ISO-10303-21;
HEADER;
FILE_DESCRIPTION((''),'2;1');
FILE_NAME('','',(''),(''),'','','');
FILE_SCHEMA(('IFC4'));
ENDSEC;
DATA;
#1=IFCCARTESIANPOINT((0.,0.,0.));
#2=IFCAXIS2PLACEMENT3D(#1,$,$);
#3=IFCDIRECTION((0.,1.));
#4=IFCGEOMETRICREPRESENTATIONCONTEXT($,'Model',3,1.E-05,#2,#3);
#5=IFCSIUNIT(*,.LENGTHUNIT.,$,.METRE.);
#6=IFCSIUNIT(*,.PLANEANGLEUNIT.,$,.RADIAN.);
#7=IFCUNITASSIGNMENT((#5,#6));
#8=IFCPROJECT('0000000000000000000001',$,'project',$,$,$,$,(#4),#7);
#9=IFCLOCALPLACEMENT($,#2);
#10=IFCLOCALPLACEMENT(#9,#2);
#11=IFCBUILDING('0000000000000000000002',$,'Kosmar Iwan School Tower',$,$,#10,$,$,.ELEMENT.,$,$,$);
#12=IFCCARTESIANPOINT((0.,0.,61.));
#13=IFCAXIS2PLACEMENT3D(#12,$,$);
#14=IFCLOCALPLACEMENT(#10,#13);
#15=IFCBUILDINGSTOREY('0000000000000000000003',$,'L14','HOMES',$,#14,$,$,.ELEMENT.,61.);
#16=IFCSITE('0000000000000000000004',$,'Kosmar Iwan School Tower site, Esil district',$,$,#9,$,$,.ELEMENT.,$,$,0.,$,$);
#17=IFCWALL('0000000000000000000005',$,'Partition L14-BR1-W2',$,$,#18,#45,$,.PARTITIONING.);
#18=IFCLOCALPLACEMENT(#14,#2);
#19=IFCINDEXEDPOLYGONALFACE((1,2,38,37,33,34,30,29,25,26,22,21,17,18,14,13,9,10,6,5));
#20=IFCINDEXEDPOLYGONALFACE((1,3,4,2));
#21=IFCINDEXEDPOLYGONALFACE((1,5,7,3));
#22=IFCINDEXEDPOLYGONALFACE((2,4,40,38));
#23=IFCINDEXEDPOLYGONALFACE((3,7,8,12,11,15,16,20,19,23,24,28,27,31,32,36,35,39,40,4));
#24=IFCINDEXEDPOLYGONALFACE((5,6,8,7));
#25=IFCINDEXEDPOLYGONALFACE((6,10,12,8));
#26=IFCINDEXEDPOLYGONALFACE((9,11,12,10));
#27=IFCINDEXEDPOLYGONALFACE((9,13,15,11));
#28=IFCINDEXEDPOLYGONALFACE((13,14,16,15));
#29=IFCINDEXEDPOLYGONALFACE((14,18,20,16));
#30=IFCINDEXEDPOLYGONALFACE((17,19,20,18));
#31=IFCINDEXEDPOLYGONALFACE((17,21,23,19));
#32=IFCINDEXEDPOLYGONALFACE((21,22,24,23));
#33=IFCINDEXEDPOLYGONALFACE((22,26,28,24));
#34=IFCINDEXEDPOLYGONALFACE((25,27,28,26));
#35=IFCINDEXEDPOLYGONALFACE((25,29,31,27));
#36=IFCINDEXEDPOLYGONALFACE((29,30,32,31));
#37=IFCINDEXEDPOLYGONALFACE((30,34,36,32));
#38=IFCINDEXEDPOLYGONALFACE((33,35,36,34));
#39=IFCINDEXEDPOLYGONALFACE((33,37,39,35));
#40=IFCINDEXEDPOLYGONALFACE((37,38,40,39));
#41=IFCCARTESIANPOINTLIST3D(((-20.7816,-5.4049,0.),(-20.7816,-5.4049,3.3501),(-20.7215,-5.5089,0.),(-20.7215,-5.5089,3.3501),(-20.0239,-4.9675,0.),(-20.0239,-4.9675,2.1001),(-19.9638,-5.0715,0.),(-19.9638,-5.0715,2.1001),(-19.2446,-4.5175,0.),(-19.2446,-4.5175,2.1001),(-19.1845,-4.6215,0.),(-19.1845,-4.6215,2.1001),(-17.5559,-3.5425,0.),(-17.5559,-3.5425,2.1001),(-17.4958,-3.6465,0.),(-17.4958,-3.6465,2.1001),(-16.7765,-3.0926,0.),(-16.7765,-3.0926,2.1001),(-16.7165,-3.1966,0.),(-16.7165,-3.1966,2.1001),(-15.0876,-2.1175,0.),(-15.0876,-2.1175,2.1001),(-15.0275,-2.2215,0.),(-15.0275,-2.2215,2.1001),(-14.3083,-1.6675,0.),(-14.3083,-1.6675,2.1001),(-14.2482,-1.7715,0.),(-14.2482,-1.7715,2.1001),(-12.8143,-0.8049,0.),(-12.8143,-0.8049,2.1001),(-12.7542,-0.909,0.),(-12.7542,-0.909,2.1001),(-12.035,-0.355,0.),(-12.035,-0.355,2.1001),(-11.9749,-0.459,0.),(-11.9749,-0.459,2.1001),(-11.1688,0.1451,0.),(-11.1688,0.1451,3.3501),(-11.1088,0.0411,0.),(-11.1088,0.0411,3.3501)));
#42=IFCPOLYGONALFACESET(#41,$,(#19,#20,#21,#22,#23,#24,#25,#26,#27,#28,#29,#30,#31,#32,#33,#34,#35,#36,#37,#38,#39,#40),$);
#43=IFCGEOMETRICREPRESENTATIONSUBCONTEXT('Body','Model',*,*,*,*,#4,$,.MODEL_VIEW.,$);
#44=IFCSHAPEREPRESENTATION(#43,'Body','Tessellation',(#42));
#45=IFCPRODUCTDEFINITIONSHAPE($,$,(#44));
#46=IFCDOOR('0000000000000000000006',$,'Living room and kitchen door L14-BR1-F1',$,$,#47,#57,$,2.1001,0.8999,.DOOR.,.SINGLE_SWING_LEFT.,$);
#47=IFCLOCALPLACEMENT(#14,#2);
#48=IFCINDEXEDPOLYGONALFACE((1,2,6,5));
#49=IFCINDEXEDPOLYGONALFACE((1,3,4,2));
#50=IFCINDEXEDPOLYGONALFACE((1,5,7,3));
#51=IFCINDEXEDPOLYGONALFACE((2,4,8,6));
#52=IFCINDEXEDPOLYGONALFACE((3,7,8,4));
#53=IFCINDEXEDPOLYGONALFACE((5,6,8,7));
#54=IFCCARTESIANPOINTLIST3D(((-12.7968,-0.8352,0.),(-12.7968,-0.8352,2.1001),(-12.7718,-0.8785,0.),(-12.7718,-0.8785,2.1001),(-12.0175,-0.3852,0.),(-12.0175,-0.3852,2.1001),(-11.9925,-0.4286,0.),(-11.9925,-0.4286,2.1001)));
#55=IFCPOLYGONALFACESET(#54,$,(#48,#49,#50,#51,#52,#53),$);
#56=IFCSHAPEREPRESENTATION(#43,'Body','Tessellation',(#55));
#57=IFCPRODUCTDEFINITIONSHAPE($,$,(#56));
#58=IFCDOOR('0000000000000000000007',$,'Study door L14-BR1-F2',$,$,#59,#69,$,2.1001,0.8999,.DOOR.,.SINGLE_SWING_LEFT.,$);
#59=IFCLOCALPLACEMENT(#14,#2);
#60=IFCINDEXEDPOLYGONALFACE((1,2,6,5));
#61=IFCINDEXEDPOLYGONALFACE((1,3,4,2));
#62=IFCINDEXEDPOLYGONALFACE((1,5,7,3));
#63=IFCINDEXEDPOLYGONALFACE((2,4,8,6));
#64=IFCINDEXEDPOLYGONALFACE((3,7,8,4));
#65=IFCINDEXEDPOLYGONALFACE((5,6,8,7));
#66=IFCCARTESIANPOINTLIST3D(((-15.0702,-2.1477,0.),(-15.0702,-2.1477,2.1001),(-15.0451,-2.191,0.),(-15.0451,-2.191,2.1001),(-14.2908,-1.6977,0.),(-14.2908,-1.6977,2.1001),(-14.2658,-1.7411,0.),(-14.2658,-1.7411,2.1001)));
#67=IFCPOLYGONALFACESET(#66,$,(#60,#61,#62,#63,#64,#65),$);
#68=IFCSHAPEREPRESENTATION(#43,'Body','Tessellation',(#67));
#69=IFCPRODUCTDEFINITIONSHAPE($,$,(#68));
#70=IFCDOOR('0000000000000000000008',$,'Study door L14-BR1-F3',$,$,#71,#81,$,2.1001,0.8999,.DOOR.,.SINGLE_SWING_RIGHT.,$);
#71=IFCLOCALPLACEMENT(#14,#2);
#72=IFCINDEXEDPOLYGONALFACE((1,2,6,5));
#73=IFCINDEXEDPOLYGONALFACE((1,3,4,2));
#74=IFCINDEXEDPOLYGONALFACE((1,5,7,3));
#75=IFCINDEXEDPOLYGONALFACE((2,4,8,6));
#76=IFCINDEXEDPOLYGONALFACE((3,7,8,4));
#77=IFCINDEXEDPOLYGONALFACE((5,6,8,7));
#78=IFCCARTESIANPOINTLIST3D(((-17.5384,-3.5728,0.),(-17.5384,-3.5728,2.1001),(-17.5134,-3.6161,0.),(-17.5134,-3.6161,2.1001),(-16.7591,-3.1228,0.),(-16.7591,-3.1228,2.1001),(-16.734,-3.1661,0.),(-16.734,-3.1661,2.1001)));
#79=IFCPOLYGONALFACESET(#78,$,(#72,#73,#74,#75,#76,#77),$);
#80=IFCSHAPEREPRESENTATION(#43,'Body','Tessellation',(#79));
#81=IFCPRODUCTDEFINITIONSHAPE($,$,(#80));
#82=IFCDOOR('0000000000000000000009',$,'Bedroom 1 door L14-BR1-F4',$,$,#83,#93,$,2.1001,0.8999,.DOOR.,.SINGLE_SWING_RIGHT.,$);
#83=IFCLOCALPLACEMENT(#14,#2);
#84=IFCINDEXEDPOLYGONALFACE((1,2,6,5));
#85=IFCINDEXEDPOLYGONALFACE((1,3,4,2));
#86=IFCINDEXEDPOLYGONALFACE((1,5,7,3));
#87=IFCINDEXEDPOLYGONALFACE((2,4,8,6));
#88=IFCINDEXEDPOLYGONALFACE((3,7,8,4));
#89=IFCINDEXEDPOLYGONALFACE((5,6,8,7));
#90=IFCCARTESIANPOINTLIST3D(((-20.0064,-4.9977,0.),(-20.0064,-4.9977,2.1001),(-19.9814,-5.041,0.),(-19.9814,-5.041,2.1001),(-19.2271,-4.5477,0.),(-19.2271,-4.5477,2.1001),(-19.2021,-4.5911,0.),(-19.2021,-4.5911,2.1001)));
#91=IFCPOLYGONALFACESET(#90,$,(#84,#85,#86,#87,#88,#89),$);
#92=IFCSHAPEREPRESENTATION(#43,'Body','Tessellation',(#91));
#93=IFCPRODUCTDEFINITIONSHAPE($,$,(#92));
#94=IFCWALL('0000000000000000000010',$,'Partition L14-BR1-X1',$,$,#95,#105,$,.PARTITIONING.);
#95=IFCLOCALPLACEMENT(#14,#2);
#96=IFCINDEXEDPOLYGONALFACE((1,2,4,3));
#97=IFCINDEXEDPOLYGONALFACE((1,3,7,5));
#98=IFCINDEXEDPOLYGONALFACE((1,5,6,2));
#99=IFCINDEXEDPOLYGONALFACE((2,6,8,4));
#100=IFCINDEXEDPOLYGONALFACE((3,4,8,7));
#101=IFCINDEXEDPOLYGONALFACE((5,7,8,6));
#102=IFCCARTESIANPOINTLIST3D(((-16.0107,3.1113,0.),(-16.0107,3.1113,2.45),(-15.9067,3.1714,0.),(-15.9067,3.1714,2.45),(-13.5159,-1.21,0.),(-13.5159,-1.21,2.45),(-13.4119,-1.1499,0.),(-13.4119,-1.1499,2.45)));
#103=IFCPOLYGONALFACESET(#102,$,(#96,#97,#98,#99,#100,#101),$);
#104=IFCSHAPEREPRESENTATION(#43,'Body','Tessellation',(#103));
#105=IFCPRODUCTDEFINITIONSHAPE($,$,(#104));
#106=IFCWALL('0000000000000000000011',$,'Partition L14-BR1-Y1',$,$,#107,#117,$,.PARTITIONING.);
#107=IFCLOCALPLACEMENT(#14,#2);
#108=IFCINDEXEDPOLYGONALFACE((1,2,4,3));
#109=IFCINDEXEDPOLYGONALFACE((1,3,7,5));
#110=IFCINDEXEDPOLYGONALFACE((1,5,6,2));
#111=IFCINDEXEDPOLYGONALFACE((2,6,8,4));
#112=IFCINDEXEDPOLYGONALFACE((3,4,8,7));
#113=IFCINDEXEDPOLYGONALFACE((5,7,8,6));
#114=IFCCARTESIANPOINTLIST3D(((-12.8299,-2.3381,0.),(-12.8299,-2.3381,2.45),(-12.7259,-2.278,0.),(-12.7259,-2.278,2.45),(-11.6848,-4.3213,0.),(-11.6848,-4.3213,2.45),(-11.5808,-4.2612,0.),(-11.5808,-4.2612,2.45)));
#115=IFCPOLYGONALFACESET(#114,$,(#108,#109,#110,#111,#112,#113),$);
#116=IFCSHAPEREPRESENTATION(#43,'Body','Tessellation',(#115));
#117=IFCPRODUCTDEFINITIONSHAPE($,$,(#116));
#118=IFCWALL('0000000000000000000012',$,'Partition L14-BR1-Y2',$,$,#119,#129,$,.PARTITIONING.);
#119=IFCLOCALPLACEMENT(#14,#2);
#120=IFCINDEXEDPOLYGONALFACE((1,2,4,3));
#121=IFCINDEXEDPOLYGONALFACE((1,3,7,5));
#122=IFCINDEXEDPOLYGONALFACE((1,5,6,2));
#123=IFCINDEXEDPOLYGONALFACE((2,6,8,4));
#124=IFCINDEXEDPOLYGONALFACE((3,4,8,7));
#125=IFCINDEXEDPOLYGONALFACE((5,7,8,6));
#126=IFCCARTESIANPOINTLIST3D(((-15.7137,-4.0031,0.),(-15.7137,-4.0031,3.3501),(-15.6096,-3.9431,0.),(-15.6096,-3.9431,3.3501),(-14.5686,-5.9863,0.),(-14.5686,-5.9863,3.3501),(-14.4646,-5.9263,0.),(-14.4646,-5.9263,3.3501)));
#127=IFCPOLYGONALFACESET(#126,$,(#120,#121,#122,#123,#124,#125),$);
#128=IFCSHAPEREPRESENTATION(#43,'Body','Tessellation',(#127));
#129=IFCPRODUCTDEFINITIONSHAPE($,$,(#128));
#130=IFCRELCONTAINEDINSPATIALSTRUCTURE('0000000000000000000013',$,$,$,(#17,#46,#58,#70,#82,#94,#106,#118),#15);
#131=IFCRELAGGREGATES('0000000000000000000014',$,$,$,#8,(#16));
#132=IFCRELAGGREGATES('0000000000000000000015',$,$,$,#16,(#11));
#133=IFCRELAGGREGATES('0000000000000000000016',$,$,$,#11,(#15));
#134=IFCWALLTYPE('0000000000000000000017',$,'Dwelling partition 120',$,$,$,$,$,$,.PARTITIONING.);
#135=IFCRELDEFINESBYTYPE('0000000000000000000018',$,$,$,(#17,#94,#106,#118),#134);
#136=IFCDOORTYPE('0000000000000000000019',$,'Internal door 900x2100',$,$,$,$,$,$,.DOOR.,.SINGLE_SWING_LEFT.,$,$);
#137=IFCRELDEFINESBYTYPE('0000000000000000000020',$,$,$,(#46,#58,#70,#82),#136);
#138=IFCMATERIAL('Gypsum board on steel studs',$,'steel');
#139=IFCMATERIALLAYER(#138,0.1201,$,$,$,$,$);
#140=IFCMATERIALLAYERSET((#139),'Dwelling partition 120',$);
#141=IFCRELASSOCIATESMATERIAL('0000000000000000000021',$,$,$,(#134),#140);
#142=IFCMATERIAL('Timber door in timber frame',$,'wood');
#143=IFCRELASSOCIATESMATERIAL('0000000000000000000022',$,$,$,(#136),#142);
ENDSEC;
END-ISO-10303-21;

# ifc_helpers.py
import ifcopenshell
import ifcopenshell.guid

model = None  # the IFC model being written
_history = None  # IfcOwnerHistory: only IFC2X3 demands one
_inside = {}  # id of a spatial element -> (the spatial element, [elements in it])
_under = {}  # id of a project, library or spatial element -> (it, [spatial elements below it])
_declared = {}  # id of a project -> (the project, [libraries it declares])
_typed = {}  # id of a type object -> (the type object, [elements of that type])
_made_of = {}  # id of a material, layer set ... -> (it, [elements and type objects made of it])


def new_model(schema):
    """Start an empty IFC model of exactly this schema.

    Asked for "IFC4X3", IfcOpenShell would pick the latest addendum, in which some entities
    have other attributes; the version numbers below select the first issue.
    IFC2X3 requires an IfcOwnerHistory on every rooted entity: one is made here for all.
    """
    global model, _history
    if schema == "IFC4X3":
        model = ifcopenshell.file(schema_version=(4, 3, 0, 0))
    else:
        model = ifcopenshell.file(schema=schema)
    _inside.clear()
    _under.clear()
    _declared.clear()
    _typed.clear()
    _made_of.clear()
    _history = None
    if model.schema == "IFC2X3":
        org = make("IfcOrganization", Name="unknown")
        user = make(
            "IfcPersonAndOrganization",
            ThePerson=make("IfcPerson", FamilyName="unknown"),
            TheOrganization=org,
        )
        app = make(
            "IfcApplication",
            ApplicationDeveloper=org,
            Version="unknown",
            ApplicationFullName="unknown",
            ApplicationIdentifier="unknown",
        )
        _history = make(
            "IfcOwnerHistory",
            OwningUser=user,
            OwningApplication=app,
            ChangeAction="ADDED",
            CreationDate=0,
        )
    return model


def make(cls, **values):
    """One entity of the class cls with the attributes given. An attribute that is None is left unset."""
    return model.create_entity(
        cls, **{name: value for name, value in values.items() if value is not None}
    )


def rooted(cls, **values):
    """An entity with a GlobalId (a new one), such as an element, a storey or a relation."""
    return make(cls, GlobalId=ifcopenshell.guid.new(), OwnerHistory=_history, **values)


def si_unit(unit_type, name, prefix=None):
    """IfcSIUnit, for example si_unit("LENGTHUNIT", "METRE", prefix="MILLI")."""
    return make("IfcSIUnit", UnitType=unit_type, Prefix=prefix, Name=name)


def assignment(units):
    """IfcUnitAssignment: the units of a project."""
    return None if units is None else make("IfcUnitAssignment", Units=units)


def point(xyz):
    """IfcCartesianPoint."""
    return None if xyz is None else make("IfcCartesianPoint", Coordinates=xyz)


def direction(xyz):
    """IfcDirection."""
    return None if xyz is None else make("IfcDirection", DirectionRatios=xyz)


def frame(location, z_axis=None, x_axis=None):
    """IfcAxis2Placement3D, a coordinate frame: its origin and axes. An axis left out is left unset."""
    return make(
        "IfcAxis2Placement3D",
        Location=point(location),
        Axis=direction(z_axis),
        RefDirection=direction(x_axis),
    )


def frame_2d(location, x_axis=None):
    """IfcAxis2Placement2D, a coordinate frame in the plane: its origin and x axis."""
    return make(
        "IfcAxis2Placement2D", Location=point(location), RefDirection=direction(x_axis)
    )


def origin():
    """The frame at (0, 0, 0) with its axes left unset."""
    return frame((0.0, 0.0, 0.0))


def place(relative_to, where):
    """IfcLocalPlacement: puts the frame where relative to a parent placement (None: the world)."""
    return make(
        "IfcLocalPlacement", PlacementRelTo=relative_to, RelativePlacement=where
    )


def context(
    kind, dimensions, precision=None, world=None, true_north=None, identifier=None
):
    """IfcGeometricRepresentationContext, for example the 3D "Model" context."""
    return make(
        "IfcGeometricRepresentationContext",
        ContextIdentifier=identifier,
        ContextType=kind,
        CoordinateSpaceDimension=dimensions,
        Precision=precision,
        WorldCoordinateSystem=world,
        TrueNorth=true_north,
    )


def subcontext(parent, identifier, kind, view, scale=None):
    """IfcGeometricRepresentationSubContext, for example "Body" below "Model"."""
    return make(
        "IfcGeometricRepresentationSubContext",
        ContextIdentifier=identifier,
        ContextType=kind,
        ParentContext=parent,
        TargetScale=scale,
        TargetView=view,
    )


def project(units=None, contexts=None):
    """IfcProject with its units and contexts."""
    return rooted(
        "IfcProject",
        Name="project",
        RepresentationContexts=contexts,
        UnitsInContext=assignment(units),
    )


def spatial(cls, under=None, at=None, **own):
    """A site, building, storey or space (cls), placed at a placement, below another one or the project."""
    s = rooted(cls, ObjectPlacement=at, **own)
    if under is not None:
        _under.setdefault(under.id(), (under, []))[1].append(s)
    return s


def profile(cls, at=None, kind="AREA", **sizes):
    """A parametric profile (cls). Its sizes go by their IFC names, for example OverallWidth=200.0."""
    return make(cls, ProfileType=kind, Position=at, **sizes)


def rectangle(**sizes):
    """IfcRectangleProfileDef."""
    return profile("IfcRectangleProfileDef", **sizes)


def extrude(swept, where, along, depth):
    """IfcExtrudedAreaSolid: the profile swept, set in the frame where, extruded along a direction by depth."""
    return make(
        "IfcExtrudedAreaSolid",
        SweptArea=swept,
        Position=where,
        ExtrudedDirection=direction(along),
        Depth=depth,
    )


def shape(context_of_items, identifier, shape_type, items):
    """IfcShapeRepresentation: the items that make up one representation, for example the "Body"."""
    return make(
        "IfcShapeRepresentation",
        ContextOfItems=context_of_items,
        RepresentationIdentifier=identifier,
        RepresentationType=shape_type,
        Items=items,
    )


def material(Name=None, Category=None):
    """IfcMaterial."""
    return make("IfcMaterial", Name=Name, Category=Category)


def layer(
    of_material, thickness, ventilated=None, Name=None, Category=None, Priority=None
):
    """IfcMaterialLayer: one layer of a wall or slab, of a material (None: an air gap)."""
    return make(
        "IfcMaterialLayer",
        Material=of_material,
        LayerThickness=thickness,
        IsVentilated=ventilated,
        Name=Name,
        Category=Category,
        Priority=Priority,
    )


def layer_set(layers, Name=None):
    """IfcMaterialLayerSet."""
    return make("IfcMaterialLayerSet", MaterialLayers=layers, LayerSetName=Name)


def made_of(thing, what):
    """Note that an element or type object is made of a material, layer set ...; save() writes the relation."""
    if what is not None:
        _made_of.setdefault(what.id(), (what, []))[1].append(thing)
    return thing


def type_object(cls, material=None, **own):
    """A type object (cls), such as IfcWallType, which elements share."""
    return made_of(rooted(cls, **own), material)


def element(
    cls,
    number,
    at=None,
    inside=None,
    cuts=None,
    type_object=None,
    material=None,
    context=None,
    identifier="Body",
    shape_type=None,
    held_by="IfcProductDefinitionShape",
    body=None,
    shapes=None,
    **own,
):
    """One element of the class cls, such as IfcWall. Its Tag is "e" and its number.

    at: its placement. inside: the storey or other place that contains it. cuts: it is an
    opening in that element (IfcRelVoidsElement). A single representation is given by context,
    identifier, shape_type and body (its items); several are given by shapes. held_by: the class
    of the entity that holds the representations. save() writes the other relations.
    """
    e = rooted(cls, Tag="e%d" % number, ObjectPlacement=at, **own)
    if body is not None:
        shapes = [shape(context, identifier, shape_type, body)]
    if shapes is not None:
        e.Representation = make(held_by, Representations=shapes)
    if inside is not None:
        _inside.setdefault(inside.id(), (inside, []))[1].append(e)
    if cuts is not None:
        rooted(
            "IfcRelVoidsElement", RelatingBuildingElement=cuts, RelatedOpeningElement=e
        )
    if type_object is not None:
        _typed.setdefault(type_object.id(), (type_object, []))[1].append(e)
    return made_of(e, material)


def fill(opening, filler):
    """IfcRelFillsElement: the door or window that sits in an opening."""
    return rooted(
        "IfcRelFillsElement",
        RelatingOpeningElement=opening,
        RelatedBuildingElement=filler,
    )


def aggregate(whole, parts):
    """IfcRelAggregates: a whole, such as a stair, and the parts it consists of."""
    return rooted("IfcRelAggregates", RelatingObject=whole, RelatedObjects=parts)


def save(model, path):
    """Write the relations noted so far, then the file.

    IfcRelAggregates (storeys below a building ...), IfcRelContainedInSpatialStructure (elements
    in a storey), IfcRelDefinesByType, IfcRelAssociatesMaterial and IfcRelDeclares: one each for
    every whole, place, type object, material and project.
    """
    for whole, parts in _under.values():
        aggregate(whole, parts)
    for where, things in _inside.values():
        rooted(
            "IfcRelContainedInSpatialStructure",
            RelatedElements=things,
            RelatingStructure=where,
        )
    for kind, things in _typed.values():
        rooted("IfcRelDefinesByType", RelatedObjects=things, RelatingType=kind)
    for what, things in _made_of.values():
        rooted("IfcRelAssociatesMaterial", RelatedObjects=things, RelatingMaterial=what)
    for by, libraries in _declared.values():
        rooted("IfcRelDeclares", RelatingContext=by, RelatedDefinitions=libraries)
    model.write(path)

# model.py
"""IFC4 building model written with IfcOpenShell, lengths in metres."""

from ifc_helpers import new_model, si_unit, direction, frame, frame_2d, origin, place, context, subcontext, project, spatial, rectangle, extrude, material, layer, layer_set, type_object, element, fill, save


model = new_model("IFC4")

# Units and contexts
model_context = context("Model", 3, precision=1e-05, world=origin(), true_north=direction((0.0, 1.0)))
body_context = subcontext(model_context, "Body", "Model", "MODEL_VIEW")
ifc_project = project(units=[si_unit("LENGTHUNIT", "METRE"), si_unit("PLANEANGLEUNIT", "RADIAN")], contexts=[model_context])

# Site, building, storey
site_placement = place(None, origin())
site = spatial("IfcSite", under=ifc_project, at=site_placement, Name="Kosmar Iwan School Tower site, Esil district", CompositionType="ELEMENT", RefElevation=0.0)
building_placement = place(site_placement, origin())
building = spatial("IfcBuilding", under=site, at=building_placement, Name="Kosmar Iwan School Tower", CompositionType="ELEMENT")
storey_placement = place(building_placement, frame((0.0, 0.0, 61.0)))
storey = spatial("IfcBuildingStorey", under=building, at=storey_placement, Name="L14", Description="HOMES", CompositionType="ELEMENT", Elevation=61.0)

# Wall, openings, doors
ifc_material_1 = material(Name="Gypsum board on steel studs", Category="steel")
ifc_layer_1 = layer(ifc_material_1, 0.1201)
ifc_layer_set_1 = layer_set([ifc_layer_1], Name="Dwelling partition 120")
wall_type_1 = type_object("IfcWallType", Name="Dwelling partition 120", PredefinedType="PARTITIONING", material=ifc_layer_set_1)
ifc_material_2 = material(Name="Timber door in timber frame", Category="wood")
door_type_1 = type_object("IfcDoorType", Name="Internal door 900x2100", OperationType="SINGLE_SWING_LEFT", PredefinedType="DOOR", material=ifc_material_2)
wall_1_placement = place(storey_placement, frame((-11.1389, 0.093, 0.0), z_axis=(0.0, 0.0, 1.0), x_axis=(-0.866021, -0.500007, 0.0)))
wall_1 = element("IfcWall", 1, at=wall_1_placement, inside=storey, type_object=wall_type_1, Name="Partition L14-BR1-W2", PredefinedType="PARTITIONING", context=body_context, shape_type="SweptSolid", body=[
    extrude(rectangle(XDim=11.0999, YDim=0.1201, at=frame_2d((5.5498, 0.0))), origin(), (0.0, 0.0, 1.0), 3.3501),
])
opening_1_placement = place(wall_1_placement, frame((1.0, 0.0, 0.0)))
opening_1 = element("IfcOpeningElement", 2, at=opening_1_placement, cuts=wall_1, PredefinedType="OPENING", context=body_context, shape_type="SweptSolid", body=[
    extrude(rectangle(XDim=0.8999, YDim=2.1001, at=frame_2d((0.45, 1.05))), frame((0.0, 0.072, 0.0), z_axis=(0.0, -1.0, 0.0), x_axis=(1.0, 0.0, 0.0)), (0.0, 0.0, 1.0), 0.144),
])
opening_2_placement = place(wall_1_placement, frame((3.625, 0.0, 0.0)))
opening_2 = element("IfcOpeningElement", 3, at=opening_2_placement, cuts=wall_1, PredefinedType="OPENING", context=body_context, shape_type="SweptSolid", body=[
    extrude(rectangle(XDim=0.8999, YDim=2.1001, at=frame_2d((0.45, 1.05))), frame((0.0, 0.072, 0.0), z_axis=(0.0, -1.0, 0.0), x_axis=(1.0, 0.0, 0.0)), (0.0, 0.0, 1.0), 0.144),
])
opening_3_placement = place(wall_1_placement, frame((6.4751, 0.0, 0.0)))
opening_3 = element("IfcOpeningElement", 4, at=opening_3_placement, cuts=wall_1, PredefinedType="OPENING", context=body_context, shape_type="SweptSolid", body=[
    extrude(rectangle(XDim=0.8999, YDim=2.1001, at=frame_2d((0.45, 1.05))), frame((0.0, 0.072, 0.0), z_axis=(0.0, -1.0, 0.0), x_axis=(1.0, 0.0, 0.0)), (0.0, 0.0, 1.0), 0.144),
])
opening_4_placement = place(wall_1_placement, frame((9.325, 0.0, 0.0)))
opening_4 = element("IfcOpeningElement", 5, at=opening_4_placement, cuts=wall_1, PredefinedType="OPENING", context=body_context, shape_type="SweptSolid", body=[
    extrude(rectangle(XDim=0.8999, YDim=2.1001, at=frame_2d((0.45, 1.05))), frame((0.0, 0.072, 0.0), z_axis=(0.0, -1.0, 0.0), x_axis=(1.0, 0.0, 0.0)), (0.0, 0.0, 1.0), 0.144),
])
door_1_placement = place(opening_1_placement, origin())
door_1 = element("IfcDoor", 6, at=door_1_placement, inside=storey, type_object=door_type_1, Name="Living room and kitchen door L14-BR1-F1", OperationType="SINGLE_SWING_LEFT", OverallHeight=2.1001, OverallWidth=0.8999, PredefinedType="DOOR", context=body_context, shape_type="SweptSolid", body=[
    extrude(rectangle(XDim=0.8999, YDim=2.1001, at=frame_2d((0.45, 1.05))), frame((0.0, 0.0249, 0.0), z_axis=(0.0, -1.0, 0.0), x_axis=(1.0, 0.0, 0.0)), (0.0, 0.0, 1.0), 0.05),
])
fill(opening_1, door_1)
door_2_placement = place(opening_2_placement, origin())
door_2 = element("IfcDoor", 7, at=door_2_placement, inside=storey, type_object=door_type_1, Name="Study door L14-BR1-F2", OperationType="SINGLE_SWING_LEFT", OverallHeight=2.1001, OverallWidth=0.8999, PredefinedType="DOOR", context=body_context, shape_type="SweptSolid", body=[
    extrude(rectangle(XDim=0.8999, YDim=2.1001, at=frame_2d((0.45, 1.05))), frame((0.0, 0.0249, 0.0), z_axis=(0.0, -1.0, 0.0), x_axis=(1.0, 0.0, 0.0)), (0.0, 0.0, 1.0), 0.05),
])
fill(opening_2, door_2)
door_3_placement = place(opening_3_placement, origin())
door_3 = element("IfcDoor", 8, at=door_3_placement, inside=storey, type_object=door_type_1, Name="Study door L14-BR1-F3", OperationType="SINGLE_SWING_RIGHT", OverallHeight=2.1001, OverallWidth=0.8999, PredefinedType="DOOR", context=body_context, shape_type="SweptSolid", body=[
    extrude(rectangle(XDim=0.8999, YDim=2.1001, at=frame_2d((0.45, 1.05))), frame((0.0, 0.0249, 0.0), z_axis=(0.0, -1.0, 0.0), x_axis=(1.0, 0.0, 0.0)), (0.0, 0.0, 1.0), 0.05),
])
fill(opening_3, door_3)
door_4_placement = place(opening_4_placement, origin())
door_4 = element("IfcDoor", 9, at=door_4_placement, inside=storey, type_object=door_type_1, Name="Bedroom 1 door L14-BR1-F4", OperationType="SINGLE_SWING_RIGHT", OverallHeight=2.1001, OverallWidth=0.8999, PredefinedType="DOOR", context=body_context, shape_type="SweptSolid", body=[
    extrude(rectangle(XDim=0.8999, YDim=2.1001, at=frame_2d((0.45, 1.05))), frame((0.0, 0.0249, 0.0), z_axis=(0.0, -1.0, 0.0), x_axis=(1.0, 0.0, 0.0)), (0.0, 0.0, 1.0), 0.05),
])
fill(opening_4, door_4)

# Walls
wall_2_placement = place(storey_placement, frame((-13.4639, -1.1799, 0.0), z_axis=(0.0, 0.0, 1.0), x_axis=(-0.499996, 0.866028, 0.0)))
element("IfcWall", 10, at=wall_2_placement, inside=storey, type_object=wall_type_1, Name="Partition L14-BR1-X1", PredefinedType="PARTITIONING", context=body_context, shape_type="SweptSolid", body=[
    extrude(rectangle(XDim=4.9897, YDim=0.1201, at=frame_2d((2.4949, 0.0))), origin(), (0.0, 0.0, 1.0), 2.45),
])
wall_3_placement = place(storey_placement, frame((-11.6328, -4.2913, 0.0), z_axis=(0.0, 0.0, 1.0), x_axis=(-0.500015, 0.866017, 0.0)))
element("IfcWall", 11, at=wall_3_placement, inside=storey, type_object=wall_type_1, Name="Partition L14-BR1-Y1", PredefinedType="PARTITIONING", context=body_context, shape_type="SweptSolid", body=[
    extrude(rectangle(XDim=2.29, YDim=0.1201, at=frame_2d((1.145, 0.0))), origin(), (0.0, 0.0, 1.0), 2.45),
])
wall_4_placement = place(storey_placement, frame((-14.5166, -5.9563, 0.0), z_axis=(0.0, 0.0, 1.0), x_axis=(-0.500015, 0.866017, 0.0)))
element("IfcWall", 12, at=wall_4_placement, inside=storey, type_object=wall_type_1, Name="Partition L14-BR1-Y2", PredefinedType="PARTITIONING", context=body_context, shape_type="SweptSolid", body=[
    extrude(rectangle(XDim=2.29, YDim=0.1201, at=frame_2d((1.145, 0.0))), origin(), (0.0, 0.0, 1.0), 3.3501),
])

save(model, "model.ifc")
